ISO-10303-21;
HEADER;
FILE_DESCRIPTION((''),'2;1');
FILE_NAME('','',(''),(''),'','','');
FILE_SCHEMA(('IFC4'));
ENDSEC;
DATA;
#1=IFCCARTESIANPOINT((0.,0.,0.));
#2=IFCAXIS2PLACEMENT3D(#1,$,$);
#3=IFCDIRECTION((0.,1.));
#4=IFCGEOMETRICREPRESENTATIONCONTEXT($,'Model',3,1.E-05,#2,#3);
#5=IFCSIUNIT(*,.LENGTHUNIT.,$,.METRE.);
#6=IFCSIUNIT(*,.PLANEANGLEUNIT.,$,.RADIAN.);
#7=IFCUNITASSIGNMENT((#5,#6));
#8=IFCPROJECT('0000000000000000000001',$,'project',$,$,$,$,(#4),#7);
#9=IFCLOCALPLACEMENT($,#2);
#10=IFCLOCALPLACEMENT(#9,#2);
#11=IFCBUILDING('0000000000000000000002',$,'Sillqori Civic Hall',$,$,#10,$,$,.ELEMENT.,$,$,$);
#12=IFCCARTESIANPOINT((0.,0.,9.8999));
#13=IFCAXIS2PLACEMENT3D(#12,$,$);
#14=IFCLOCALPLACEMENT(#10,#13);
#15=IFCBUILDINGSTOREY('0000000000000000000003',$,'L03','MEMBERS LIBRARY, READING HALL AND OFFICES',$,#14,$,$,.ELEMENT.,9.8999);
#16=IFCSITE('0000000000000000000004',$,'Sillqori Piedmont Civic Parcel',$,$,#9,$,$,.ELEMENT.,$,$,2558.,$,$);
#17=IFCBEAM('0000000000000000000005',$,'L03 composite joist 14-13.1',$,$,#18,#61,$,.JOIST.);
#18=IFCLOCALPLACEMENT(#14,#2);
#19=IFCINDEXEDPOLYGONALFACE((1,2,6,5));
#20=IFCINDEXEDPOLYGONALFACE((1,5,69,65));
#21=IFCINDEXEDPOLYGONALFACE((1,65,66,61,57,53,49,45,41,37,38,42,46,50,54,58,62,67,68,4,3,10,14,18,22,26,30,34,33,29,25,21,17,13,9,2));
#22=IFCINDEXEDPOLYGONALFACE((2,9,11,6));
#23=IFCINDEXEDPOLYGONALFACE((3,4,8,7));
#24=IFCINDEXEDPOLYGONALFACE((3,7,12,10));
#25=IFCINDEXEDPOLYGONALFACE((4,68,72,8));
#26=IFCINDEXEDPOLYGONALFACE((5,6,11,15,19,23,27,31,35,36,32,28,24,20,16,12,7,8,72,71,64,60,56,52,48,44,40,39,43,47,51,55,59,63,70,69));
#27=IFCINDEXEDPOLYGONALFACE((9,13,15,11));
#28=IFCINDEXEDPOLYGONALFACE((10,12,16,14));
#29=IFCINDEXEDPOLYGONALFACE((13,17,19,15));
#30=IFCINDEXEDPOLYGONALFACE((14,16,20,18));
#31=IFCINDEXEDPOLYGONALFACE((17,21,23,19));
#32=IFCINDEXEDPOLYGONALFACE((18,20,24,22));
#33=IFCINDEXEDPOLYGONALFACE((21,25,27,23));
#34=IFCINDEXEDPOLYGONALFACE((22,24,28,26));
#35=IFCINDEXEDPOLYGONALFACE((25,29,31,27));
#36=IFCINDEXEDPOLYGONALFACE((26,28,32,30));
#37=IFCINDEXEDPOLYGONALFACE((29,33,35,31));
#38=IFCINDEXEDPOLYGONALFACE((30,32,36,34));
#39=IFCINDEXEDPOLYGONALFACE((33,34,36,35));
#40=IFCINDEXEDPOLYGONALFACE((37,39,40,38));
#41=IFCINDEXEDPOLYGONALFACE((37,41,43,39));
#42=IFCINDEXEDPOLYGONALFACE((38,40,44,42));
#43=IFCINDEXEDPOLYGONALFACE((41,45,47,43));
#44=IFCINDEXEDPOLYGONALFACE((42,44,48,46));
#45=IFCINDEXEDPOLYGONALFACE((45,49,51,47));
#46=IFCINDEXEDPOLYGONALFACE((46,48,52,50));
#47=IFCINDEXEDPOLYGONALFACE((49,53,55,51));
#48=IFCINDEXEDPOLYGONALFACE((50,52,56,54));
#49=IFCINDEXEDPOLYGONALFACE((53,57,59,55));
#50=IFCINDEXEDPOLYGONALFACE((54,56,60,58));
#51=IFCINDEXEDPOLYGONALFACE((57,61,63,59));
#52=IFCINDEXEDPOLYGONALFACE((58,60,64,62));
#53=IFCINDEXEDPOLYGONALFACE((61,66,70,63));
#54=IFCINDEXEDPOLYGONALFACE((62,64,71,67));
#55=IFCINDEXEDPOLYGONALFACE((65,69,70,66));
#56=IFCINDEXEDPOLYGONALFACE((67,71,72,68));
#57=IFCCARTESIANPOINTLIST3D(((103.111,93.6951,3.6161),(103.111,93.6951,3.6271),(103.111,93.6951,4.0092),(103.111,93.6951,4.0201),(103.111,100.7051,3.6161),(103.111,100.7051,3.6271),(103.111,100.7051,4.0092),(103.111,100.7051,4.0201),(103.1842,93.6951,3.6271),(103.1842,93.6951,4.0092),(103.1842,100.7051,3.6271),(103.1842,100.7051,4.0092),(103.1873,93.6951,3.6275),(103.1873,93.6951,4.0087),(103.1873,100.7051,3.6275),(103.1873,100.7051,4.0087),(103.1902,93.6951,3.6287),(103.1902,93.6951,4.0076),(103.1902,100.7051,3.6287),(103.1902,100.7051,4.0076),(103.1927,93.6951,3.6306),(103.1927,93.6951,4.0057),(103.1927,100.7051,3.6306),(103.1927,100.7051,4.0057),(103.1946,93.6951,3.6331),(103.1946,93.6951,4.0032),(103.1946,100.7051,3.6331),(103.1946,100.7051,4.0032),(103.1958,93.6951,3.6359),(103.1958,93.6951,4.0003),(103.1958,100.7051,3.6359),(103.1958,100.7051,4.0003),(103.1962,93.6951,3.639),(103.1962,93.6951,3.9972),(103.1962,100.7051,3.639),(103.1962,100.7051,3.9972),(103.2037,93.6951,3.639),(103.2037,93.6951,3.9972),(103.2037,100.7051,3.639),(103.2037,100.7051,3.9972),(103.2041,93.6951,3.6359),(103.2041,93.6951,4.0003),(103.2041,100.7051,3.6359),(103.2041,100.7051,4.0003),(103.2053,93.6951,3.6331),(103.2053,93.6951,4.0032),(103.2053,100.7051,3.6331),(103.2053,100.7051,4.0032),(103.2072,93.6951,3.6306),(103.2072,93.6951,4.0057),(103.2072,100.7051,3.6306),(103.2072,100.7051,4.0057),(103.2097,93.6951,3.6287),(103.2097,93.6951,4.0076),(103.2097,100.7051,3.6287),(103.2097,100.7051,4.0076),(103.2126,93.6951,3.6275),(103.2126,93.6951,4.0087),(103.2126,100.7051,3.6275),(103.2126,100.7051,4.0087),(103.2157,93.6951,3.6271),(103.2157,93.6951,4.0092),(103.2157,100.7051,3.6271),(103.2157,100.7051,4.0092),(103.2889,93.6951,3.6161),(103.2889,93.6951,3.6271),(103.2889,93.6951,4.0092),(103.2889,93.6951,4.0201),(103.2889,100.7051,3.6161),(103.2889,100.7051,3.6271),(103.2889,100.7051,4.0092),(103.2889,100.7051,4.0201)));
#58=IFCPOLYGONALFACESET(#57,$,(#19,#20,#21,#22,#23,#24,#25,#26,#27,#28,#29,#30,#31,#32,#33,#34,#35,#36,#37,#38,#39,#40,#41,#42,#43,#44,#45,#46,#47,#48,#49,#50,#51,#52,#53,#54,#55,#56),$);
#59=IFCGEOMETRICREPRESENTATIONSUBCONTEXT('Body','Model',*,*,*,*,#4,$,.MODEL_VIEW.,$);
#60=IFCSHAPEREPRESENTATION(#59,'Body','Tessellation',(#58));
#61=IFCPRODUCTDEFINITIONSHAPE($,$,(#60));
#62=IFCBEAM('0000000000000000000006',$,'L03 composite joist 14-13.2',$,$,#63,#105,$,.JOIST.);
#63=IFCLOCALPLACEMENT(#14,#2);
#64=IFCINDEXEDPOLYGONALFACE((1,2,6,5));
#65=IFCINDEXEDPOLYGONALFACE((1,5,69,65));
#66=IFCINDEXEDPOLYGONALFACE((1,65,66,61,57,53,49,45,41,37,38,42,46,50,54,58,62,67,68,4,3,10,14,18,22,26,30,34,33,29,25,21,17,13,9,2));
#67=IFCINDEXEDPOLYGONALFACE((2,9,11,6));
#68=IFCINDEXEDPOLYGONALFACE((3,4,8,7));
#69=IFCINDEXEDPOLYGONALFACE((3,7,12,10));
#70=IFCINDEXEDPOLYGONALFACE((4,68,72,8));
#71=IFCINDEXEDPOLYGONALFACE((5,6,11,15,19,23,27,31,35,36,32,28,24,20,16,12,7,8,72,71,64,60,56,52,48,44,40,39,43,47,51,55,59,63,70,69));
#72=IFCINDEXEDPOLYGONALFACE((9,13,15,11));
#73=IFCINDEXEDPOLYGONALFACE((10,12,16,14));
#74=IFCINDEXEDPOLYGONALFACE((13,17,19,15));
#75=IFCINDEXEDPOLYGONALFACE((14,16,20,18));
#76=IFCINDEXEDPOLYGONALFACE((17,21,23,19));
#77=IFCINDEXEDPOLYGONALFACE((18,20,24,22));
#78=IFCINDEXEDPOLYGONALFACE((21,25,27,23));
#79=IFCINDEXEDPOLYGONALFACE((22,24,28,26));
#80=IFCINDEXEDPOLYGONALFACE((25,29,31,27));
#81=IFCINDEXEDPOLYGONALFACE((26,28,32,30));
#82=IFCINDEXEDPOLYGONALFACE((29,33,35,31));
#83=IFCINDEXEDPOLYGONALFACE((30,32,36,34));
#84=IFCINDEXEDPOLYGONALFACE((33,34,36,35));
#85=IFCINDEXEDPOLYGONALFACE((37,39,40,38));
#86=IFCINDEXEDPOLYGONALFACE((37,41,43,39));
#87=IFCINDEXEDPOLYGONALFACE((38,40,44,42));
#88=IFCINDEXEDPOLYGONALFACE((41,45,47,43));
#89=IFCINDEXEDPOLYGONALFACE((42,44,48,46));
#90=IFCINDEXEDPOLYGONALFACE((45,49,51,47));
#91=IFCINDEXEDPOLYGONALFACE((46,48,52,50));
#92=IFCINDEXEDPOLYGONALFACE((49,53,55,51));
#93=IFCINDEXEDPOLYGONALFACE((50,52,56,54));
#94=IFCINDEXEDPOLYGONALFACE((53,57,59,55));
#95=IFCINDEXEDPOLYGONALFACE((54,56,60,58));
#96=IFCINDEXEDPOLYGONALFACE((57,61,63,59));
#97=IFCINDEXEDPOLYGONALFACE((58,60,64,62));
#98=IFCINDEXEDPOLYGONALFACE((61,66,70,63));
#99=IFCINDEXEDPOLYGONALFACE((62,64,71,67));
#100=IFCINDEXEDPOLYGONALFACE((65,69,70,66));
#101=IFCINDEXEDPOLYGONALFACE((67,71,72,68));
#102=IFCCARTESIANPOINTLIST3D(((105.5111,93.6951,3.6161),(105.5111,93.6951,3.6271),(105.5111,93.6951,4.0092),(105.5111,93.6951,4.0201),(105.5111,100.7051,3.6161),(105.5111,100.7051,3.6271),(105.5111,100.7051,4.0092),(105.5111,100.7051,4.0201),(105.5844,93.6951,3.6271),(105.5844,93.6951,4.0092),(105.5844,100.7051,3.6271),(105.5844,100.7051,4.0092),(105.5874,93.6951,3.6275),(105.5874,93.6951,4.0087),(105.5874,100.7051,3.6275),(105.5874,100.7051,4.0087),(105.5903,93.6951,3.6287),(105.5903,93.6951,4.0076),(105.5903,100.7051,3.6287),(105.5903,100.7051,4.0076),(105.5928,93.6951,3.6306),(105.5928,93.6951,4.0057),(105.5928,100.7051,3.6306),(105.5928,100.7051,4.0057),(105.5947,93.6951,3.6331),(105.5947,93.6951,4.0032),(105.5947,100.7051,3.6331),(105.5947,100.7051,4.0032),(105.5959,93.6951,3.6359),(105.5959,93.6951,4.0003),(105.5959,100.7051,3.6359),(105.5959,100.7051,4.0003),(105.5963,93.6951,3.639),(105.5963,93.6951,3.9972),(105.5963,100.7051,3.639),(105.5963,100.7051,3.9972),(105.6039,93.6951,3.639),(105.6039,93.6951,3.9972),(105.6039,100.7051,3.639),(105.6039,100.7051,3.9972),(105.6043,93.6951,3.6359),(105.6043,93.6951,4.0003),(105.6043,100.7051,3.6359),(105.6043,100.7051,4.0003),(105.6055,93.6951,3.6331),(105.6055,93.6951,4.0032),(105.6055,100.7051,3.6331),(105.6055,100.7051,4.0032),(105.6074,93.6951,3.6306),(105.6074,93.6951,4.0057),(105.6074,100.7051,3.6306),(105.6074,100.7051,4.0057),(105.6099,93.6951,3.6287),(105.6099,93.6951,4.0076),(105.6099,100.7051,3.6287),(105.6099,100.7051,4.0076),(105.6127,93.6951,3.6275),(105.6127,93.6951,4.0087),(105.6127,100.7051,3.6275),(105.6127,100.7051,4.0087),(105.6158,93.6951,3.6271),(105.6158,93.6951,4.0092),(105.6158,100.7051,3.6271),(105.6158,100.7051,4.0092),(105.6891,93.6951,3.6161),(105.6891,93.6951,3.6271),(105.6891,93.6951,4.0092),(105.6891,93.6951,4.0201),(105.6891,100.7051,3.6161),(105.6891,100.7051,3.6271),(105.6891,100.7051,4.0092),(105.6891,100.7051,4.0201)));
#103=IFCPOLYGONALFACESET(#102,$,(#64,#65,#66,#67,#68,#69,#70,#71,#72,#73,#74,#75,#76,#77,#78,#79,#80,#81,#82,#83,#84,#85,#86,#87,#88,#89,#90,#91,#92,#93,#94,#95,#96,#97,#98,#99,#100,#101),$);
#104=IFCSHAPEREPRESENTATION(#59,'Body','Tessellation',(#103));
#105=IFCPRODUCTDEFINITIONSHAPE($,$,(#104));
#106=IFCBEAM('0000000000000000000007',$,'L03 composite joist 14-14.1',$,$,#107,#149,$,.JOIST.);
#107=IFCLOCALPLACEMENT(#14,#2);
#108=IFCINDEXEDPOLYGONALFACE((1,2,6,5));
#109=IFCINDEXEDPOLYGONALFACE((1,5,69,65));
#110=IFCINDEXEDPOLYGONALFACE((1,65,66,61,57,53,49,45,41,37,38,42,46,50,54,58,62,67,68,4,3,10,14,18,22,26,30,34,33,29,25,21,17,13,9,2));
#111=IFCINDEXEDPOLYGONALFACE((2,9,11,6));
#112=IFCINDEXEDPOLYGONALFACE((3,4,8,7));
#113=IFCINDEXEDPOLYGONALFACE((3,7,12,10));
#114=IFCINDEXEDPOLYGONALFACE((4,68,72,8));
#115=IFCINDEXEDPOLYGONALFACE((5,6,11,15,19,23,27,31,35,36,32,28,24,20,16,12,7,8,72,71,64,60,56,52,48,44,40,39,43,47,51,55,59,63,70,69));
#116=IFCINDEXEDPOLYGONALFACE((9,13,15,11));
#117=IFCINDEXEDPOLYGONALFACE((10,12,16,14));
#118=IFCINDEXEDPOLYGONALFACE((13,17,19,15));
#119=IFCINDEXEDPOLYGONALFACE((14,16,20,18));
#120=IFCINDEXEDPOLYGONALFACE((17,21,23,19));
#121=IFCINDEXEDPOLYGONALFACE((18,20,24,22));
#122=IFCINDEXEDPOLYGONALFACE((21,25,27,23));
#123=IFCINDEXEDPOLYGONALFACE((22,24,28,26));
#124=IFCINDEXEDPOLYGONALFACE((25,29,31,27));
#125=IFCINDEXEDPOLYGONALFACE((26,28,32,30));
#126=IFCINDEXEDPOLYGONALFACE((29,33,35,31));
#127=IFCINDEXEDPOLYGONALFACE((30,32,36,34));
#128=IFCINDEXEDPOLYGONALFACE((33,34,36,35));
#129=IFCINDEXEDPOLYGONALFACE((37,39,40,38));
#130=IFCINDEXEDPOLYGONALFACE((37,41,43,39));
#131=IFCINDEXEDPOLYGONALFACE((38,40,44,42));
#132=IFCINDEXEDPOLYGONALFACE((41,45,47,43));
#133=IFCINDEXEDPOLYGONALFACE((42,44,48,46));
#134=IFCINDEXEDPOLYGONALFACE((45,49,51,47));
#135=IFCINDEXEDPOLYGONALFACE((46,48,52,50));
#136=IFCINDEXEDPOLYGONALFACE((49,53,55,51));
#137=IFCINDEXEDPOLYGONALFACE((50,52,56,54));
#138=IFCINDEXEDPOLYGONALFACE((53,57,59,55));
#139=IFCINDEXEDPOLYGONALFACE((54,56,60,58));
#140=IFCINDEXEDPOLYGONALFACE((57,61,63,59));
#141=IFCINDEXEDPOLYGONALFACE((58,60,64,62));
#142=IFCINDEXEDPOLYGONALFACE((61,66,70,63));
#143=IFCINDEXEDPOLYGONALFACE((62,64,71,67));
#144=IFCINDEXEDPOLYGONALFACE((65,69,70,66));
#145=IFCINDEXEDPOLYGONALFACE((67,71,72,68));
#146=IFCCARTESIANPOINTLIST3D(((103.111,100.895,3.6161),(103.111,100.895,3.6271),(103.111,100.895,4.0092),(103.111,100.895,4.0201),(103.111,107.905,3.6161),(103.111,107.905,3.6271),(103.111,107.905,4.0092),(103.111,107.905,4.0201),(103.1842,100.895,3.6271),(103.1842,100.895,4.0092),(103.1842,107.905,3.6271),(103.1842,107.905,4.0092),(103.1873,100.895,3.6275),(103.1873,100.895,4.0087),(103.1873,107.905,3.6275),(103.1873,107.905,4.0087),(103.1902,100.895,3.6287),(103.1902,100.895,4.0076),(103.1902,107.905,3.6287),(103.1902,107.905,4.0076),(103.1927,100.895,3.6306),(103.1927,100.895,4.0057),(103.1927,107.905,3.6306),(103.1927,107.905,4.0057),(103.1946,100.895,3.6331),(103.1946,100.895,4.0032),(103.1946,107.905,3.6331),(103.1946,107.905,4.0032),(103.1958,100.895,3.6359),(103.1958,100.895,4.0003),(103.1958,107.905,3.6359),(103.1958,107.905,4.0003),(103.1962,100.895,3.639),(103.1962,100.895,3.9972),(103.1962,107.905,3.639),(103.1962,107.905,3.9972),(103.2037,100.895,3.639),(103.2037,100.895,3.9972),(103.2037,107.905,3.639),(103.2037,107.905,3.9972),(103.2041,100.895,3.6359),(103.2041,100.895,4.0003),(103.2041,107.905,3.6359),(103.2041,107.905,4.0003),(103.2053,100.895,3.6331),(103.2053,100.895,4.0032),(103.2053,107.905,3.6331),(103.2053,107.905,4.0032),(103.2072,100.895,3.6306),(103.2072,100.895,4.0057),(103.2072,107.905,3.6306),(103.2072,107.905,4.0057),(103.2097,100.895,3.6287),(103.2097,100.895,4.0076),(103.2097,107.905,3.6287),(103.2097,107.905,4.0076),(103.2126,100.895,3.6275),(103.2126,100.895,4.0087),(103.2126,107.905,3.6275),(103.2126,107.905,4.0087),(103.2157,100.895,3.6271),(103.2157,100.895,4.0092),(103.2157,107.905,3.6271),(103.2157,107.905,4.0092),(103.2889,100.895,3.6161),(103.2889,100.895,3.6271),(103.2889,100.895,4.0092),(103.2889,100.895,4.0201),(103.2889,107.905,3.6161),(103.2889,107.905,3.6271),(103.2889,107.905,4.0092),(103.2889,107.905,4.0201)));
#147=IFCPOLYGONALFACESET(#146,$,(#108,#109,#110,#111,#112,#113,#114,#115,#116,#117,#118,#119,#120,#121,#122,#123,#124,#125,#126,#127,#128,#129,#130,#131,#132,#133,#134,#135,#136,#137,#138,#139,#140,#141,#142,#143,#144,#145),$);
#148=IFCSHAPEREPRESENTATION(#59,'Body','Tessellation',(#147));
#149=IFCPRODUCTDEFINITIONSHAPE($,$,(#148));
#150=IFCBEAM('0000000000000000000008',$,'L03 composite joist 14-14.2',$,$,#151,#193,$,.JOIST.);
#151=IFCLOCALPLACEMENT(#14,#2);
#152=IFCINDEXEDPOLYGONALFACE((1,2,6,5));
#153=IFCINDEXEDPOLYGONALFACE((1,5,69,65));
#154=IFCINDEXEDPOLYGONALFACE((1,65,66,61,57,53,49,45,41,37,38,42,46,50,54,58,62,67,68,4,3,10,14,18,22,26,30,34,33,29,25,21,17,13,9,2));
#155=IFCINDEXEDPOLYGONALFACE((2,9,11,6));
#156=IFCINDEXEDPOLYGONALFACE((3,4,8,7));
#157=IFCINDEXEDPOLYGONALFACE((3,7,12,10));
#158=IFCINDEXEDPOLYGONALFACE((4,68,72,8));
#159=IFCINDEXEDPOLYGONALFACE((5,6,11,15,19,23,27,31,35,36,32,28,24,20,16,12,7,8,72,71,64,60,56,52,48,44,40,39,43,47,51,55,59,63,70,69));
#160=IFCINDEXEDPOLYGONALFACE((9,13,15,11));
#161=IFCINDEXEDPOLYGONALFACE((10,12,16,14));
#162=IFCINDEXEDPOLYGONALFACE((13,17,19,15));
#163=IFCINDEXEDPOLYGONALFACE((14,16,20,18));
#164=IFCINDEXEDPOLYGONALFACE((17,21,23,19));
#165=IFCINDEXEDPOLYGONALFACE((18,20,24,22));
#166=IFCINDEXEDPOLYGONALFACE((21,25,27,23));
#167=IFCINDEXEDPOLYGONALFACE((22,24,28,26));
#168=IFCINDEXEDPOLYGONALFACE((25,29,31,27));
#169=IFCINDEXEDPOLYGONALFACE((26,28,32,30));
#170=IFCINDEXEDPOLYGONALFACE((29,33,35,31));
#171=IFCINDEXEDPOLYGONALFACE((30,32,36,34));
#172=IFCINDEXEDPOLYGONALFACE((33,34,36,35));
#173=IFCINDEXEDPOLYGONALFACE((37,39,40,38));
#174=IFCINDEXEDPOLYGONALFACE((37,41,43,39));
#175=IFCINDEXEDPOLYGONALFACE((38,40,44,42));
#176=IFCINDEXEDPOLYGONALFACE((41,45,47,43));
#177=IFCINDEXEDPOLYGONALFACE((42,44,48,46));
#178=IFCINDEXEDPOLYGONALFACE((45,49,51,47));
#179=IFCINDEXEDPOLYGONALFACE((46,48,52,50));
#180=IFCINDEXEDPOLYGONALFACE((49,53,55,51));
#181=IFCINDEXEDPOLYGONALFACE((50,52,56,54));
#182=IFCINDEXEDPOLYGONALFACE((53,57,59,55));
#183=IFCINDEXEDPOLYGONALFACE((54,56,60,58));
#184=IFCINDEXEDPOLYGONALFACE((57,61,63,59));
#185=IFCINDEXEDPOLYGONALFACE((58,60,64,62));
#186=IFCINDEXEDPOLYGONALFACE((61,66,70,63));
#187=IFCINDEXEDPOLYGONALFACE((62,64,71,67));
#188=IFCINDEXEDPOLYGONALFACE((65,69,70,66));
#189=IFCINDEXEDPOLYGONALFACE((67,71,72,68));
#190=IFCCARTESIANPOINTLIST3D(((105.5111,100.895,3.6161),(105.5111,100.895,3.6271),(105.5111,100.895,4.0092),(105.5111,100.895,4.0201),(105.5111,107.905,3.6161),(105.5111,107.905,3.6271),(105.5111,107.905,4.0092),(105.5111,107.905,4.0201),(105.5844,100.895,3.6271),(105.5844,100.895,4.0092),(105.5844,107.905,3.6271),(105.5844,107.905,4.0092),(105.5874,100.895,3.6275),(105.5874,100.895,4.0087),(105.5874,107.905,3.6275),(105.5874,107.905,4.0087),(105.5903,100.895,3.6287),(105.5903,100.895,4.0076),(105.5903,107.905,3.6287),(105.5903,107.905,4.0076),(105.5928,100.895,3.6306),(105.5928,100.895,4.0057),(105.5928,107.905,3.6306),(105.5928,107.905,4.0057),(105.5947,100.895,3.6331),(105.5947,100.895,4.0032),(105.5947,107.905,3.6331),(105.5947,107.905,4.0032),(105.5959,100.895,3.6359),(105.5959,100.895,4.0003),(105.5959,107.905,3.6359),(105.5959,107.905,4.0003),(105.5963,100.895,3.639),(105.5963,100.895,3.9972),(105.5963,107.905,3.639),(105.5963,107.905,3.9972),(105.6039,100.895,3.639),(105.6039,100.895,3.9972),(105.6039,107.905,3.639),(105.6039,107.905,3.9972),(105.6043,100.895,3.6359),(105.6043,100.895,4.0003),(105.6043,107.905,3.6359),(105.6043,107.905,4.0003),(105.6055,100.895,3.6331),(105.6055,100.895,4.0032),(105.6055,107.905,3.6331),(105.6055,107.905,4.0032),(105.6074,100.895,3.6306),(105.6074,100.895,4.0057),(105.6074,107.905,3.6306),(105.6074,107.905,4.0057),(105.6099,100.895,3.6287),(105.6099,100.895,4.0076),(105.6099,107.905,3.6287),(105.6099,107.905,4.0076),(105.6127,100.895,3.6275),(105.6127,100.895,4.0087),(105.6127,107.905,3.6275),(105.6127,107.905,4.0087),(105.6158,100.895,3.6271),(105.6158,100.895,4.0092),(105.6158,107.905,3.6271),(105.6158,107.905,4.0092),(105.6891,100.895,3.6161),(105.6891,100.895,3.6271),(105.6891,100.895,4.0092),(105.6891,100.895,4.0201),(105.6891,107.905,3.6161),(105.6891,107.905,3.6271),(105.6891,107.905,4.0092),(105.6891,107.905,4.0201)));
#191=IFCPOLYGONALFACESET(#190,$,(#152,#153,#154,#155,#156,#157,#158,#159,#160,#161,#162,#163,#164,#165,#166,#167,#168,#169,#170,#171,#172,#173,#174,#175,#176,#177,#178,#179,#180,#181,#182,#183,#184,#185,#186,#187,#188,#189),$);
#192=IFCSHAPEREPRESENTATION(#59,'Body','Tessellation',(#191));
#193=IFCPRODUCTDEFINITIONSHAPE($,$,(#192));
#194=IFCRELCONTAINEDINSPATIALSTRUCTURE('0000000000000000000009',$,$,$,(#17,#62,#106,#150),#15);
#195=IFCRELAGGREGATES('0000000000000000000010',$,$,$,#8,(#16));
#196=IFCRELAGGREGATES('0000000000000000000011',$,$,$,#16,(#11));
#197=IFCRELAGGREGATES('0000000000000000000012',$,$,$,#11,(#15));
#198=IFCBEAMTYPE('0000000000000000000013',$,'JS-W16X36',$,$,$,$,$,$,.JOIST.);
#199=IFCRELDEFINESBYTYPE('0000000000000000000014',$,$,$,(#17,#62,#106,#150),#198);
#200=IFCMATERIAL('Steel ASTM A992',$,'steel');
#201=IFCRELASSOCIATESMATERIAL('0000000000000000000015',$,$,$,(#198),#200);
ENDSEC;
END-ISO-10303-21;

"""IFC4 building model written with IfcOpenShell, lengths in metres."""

from ifc_helpers import new_model, si_unit, direction, frame, origin, origin_2d, place, context, subcontext, project, spatial, i_section, extrude, material, material_profile, profile_set, type_object, element, save


model = new_model("IFC4")

# Units and contexts
model_context = context("Model", 3, precision=1e-05, world=origin(), true_north=direction((0.0, 1.0)))
body_context = subcontext(model_context, "Body", "Model", "MODEL_VIEW")
ifc_project = project(units=[si_unit("LENGTHUNIT", "METRE"), si_unit("PLANEANGLEUNIT", "RADIAN")], contexts=[model_context])

# Site, building, storey
site_placement = place(None, origin())
site = spatial("IfcSite", under=ifc_project, at=site_placement, Name="Sillqori Piedmont Civic Parcel", CompositionType="ELEMENT", RefElevation=2558.0)
building_placement = place(site_placement, origin())
building = spatial("IfcBuilding", under=site, at=building_placement, Name="Sillqori Civic Hall", CompositionType="ELEMENT")
storey_placement = place(building_placement, frame((0.0, 0.0, 9.8999)))
storey = spatial("IfcBuildingStorey", under=building, at=storey_placement, Name="L03", Description="MEMBERS LIBRARY, READING HALL AND OFFICES", CompositionType="ELEMENT", Elevation=9.8999)

# Shared definitions
ifc_material_1 = material(Name="Steel ASTM A992", Category="steel")

# Beams
ifc_material_profile_1 = material_profile(ifc_material_1, i_section(OverallWidth=0.178, OverallDepth=0.4041, WebThickness=0.0076, FlangeThickness=0.011, FilletRadius=0.012, at=origin_2d()), Name="W16X36")
ifc_profile_set_1 = profile_set([ifc_material_profile_1], Name="Steel ASTM A992")
beam_type_1 = type_object("IfcBeamType", Name="JS-W16X36", PredefinedType="JOIST", material=ifc_profile_set_1)
for number, where, z_axis, x_axis, name in (
    (1, (103.2, 93.6951, 3.8181), (0.0, 1.0, 0.0), (-1.0, 0.0, 0.0), "L03 composite joist 14-13.1"),
    (2, (105.6001, 93.6951, 3.8181), (0.0, 1.0, 0.0), (-1.0, 0.0, 0.0), "L03 composite joist 14-13.2"),
    (3, (103.2, 100.895, 3.8181), (0.0, 1.0, 0.0), (-1.0, 0.0, 0.0), "L03 composite joist 14-14.1"),
    (4, (105.6001, 100.895, 3.8181), (0.0, 1.0, 0.0), (-1.0, 0.0, 0.0), "L03 composite joist 14-14.2"),
):
    element("IfcBeam", number, at=place(storey_placement, frame(where, z_axis=z_axis, x_axis=x_axis)), inside=storey, type_object=beam_type_1, Name=name, PredefinedType="JOIST", context=body_context, shape_type="SweptSolid", body=[
        extrude(i_section(OverallWidth=0.178, OverallDepth=0.4041, WebThickness=0.0076, FlangeThickness=0.011, FilletRadius=0.012, at=origin_2d()), origin(), (0.0, 0.0, 1.0), 7.01),
    ])

save(model, "model.ifc")
